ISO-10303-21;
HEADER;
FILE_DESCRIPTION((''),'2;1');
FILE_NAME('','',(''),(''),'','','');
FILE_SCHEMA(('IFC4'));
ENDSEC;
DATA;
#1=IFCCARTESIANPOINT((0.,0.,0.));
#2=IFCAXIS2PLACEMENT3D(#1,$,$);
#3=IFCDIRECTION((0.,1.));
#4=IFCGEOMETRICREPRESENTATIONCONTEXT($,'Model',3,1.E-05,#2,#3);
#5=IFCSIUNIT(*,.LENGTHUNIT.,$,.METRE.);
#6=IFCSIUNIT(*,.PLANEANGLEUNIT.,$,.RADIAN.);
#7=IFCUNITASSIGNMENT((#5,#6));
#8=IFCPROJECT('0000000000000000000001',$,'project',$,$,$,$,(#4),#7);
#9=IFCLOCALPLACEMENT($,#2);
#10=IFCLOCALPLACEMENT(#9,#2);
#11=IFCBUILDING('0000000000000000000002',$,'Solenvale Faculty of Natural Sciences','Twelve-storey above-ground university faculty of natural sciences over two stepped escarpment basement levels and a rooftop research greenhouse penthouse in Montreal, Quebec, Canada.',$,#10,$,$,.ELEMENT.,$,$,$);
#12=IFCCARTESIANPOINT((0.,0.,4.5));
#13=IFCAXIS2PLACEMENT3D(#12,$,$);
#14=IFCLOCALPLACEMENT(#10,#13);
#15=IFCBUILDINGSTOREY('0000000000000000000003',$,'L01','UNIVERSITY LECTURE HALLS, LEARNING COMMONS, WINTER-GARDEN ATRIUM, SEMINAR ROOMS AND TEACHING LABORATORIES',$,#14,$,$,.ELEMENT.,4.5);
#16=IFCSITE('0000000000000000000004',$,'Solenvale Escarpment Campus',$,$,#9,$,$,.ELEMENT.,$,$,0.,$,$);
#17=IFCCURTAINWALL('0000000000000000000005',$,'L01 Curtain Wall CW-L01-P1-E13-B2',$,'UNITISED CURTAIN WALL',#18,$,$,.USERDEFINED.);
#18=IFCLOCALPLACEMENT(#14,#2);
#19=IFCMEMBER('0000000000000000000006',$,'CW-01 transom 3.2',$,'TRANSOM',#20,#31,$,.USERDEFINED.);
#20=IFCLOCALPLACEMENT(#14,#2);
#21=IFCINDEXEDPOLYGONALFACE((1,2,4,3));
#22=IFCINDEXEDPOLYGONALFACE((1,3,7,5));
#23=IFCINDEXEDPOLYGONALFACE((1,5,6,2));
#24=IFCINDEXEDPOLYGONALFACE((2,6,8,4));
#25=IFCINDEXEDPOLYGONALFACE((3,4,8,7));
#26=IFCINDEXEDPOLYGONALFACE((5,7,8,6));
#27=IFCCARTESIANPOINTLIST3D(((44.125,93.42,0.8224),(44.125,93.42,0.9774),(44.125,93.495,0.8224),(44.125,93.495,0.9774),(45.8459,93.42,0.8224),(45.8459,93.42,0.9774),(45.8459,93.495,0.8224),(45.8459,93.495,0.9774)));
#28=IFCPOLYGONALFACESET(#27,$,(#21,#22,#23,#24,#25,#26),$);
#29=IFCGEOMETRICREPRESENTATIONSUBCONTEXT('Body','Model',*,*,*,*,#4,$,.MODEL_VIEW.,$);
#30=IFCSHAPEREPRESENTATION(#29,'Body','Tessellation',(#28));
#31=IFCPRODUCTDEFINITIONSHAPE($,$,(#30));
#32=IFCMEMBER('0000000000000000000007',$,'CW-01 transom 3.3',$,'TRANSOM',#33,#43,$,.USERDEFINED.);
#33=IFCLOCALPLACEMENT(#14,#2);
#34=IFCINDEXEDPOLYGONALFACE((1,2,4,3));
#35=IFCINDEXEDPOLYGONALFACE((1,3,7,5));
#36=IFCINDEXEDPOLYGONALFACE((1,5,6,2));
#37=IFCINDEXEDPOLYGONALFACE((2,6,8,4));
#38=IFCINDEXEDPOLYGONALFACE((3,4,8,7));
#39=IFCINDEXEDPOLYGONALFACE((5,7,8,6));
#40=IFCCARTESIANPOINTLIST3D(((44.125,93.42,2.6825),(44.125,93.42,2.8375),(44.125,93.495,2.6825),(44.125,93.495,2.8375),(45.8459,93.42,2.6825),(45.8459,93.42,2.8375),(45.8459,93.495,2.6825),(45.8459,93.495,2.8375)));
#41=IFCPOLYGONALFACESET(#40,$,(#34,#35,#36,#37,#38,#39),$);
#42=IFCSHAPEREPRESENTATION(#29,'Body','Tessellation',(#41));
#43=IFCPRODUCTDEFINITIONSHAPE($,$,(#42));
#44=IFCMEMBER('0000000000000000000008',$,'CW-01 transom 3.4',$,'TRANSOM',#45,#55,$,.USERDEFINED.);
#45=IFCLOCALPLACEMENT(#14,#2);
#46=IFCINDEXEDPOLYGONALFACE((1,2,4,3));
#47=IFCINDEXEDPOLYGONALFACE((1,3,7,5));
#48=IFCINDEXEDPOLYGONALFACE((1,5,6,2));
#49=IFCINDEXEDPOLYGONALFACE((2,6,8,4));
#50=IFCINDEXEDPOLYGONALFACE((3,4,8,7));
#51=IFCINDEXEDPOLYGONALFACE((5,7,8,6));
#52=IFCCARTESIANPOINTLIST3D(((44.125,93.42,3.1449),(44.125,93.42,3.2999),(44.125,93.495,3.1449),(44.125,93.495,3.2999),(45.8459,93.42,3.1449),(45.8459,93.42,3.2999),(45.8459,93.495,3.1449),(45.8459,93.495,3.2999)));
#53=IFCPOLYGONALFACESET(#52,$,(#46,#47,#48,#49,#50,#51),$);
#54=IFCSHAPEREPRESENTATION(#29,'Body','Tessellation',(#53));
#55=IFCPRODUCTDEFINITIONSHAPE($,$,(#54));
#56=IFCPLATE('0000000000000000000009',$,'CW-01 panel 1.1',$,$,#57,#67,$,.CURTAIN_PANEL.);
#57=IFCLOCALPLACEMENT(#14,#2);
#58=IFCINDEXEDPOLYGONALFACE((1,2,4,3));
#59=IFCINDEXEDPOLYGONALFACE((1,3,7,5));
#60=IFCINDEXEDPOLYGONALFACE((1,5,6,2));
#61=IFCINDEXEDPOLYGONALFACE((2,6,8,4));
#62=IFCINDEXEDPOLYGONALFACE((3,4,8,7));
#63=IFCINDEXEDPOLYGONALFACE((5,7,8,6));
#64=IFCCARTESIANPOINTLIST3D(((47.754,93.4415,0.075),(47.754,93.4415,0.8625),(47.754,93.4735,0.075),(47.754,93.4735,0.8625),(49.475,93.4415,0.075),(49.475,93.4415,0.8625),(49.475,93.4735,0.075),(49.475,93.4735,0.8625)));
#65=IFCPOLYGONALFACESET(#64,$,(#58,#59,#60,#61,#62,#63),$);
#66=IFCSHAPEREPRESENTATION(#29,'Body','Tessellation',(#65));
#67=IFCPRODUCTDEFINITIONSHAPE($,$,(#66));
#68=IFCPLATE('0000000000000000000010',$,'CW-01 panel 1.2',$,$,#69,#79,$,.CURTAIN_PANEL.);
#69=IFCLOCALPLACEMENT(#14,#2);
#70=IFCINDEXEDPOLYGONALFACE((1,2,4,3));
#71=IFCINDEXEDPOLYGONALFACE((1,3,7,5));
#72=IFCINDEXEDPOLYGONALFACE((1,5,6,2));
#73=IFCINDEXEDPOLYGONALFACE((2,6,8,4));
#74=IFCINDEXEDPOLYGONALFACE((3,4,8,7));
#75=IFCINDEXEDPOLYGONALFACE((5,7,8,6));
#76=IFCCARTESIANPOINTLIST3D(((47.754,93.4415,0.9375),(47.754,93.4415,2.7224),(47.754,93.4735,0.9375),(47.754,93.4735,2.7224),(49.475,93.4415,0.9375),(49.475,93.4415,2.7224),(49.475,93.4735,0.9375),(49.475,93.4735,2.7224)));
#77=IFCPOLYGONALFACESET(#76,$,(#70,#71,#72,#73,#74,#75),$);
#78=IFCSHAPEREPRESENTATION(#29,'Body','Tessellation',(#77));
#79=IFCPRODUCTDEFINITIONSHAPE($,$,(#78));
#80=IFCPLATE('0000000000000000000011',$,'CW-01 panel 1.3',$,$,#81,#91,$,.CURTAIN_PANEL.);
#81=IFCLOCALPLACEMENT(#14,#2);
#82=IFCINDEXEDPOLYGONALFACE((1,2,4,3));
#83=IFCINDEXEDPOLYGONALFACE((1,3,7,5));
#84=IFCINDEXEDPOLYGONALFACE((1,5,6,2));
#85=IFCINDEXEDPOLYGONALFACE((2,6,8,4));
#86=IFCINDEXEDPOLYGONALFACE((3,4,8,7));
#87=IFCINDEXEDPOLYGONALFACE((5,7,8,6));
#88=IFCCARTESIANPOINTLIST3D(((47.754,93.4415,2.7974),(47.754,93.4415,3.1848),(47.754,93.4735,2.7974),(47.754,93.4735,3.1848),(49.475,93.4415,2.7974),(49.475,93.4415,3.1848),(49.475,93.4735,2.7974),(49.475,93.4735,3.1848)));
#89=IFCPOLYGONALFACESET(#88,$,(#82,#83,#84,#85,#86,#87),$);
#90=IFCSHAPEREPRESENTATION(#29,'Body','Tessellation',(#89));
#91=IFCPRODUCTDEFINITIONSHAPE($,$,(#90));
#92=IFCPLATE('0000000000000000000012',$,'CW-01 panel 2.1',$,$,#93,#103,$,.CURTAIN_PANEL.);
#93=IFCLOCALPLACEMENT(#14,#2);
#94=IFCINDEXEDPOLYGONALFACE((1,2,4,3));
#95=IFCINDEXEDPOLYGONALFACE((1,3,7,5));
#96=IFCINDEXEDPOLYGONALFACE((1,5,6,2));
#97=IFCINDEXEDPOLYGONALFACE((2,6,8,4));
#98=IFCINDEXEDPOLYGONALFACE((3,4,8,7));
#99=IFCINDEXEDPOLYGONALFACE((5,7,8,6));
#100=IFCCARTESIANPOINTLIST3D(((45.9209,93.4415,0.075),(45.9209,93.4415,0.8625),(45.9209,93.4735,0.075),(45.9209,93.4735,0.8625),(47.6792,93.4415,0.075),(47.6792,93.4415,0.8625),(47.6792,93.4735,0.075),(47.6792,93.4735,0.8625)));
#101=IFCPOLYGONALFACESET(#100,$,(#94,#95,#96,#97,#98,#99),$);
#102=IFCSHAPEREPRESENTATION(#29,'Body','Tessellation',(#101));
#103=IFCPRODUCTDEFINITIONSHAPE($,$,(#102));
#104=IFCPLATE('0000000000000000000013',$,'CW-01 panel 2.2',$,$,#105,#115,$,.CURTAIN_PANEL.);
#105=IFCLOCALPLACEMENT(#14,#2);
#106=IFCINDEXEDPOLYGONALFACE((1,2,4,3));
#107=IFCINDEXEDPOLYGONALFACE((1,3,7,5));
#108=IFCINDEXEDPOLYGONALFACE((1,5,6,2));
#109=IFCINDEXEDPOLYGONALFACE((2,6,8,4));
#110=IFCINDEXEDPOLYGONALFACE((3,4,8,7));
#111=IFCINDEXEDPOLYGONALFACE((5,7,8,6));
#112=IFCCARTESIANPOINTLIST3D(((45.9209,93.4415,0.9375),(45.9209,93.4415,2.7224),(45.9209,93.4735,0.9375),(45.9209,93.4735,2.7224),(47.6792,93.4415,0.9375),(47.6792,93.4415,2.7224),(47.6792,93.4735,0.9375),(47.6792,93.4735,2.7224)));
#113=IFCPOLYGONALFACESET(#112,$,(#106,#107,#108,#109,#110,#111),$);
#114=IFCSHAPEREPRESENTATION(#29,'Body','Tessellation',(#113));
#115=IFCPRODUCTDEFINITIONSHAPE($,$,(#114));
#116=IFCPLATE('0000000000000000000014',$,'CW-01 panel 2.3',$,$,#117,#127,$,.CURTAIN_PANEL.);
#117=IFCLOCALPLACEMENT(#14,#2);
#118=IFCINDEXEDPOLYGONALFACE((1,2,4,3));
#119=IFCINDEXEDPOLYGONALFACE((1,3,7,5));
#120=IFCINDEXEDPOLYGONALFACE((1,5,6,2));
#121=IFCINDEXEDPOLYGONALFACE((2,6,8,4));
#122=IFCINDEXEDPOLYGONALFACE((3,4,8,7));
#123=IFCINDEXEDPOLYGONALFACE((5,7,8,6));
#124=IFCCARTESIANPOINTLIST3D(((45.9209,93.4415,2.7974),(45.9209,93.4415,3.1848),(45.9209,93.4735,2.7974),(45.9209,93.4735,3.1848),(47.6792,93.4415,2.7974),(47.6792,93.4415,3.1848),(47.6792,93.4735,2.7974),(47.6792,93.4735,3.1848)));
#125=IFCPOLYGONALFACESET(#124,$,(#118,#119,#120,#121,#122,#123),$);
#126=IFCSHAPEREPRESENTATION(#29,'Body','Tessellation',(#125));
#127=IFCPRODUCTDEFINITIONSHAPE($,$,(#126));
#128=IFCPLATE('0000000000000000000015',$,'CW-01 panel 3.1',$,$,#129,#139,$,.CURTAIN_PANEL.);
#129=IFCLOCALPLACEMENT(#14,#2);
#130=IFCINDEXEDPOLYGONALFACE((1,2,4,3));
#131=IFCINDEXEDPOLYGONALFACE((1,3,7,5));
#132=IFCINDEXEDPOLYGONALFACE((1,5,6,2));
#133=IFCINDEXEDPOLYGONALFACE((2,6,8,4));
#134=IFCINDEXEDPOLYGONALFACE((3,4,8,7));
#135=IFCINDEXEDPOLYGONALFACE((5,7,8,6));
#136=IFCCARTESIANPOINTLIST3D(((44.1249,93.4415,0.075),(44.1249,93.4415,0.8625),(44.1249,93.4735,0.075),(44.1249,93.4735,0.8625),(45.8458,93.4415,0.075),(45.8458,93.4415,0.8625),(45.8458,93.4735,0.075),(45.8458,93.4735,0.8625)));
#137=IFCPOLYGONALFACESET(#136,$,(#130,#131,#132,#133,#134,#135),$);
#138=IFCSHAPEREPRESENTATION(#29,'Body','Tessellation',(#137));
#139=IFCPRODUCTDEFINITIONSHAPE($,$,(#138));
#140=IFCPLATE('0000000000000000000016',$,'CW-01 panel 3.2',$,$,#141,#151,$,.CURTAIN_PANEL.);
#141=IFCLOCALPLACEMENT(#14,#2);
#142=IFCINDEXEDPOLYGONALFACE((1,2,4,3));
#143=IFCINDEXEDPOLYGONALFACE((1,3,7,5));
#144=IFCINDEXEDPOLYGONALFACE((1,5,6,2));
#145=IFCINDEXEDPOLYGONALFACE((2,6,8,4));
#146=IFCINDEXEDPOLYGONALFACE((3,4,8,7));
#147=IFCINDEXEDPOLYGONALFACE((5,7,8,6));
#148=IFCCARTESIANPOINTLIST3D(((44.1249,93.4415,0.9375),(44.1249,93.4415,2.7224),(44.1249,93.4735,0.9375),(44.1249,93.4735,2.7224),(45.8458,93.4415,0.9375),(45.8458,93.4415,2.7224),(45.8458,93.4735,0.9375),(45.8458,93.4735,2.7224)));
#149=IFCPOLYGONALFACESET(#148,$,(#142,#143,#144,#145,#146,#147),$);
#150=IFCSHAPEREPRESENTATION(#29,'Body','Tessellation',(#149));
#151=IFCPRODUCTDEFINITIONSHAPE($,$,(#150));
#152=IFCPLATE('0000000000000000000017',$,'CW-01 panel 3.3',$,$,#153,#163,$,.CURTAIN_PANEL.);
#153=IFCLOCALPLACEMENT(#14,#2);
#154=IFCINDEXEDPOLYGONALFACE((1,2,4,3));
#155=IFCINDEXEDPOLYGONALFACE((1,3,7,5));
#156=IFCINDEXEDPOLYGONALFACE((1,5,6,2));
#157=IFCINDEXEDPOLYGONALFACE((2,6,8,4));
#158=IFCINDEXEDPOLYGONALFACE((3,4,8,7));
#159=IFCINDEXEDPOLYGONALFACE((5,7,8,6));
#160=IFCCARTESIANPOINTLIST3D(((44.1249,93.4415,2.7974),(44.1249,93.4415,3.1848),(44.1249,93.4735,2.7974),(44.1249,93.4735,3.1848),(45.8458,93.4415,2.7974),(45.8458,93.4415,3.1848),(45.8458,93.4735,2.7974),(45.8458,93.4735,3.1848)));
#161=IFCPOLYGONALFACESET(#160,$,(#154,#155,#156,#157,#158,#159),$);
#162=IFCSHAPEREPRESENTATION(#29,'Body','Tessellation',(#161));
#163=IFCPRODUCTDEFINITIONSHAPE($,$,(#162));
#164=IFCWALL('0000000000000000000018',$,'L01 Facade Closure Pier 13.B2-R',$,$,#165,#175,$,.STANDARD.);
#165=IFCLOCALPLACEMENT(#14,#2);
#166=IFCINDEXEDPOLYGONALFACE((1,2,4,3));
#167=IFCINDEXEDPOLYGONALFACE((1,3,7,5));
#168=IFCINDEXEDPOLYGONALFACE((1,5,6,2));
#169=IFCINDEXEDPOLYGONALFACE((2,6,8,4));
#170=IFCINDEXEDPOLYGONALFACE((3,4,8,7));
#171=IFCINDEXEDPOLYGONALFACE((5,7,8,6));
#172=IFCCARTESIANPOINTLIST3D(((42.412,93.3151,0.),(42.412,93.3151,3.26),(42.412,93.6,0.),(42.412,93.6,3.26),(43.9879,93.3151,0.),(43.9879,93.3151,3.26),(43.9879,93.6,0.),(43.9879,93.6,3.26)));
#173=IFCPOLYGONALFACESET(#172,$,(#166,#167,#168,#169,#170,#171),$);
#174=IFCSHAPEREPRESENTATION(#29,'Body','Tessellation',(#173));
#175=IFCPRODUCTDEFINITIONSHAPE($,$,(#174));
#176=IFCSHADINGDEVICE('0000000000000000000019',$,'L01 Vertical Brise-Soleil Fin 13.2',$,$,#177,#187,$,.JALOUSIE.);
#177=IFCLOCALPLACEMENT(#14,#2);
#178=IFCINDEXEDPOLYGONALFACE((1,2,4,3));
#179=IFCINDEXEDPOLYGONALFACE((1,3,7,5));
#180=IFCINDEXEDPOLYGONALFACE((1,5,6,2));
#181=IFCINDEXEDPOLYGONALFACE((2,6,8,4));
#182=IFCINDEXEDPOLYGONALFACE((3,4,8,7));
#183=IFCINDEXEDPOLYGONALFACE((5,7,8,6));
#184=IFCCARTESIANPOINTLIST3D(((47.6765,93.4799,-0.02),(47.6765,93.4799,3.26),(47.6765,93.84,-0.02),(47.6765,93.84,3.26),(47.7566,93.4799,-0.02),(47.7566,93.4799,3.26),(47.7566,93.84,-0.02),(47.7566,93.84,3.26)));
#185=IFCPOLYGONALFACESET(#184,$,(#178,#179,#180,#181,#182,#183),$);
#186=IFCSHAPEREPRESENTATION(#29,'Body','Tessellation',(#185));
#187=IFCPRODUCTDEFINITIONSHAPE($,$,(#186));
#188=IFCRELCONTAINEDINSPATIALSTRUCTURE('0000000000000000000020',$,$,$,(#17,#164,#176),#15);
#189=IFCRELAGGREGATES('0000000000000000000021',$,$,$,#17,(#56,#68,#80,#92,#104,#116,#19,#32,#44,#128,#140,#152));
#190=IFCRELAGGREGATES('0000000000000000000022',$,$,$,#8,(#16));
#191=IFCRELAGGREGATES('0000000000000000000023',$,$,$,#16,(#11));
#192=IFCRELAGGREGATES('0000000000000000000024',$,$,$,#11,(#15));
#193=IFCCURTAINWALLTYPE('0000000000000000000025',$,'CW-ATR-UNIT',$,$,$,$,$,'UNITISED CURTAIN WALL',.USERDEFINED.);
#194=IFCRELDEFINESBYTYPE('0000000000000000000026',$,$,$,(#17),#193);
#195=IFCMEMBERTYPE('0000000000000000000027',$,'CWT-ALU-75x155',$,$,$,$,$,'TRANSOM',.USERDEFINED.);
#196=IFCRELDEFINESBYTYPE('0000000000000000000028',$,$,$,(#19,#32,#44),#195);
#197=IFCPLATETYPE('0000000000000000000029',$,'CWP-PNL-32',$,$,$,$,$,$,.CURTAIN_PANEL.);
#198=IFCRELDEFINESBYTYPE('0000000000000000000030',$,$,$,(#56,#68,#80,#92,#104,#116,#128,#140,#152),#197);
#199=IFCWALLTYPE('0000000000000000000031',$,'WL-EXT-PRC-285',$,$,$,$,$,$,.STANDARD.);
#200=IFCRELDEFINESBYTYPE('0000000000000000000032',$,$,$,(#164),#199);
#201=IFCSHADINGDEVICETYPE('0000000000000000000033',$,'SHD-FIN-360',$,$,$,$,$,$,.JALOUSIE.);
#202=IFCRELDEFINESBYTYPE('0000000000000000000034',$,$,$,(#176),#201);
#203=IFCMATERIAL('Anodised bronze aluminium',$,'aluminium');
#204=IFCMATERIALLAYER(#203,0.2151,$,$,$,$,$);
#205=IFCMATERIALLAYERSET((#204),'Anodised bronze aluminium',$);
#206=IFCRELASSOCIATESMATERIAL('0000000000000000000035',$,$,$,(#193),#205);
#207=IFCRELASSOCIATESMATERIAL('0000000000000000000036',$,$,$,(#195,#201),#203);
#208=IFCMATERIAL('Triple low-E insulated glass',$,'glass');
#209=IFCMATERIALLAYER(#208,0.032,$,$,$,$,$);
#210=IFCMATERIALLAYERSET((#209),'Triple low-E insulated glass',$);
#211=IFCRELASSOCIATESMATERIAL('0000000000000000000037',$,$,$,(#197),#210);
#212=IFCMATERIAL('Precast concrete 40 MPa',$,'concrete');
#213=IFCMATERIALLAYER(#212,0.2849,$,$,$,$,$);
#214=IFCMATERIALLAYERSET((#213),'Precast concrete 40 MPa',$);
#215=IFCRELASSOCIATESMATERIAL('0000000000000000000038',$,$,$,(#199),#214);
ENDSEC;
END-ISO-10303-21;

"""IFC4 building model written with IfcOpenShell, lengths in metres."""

from ifc_helpers import new_model, si_unit, direction, frame, frame_2d, origin, origin_2d, place, context, subcontext, project, spatial, rectangle, extrude, material, layer, layer_set, material_profile, profile_set, type_object, element, aggregate, save


model = new_model("IFC4")

# Units and contexts
model_context = context("Model", 3, precision=1e-05, world=origin(), true_north=direction((0.0, 1.0)))
body_context = subcontext(model_context, "Body", "Model", "MODEL_VIEW")
ifc_project = project(units=[si_unit("LENGTHUNIT", "METRE"), si_unit("PLANEANGLEUNIT", "RADIAN")], contexts=[model_context])

# Site, building, storey
site_placement = place(None, origin())
site = spatial("IfcSite", under=ifc_project, at=site_placement, Name="Solenvale Escarpment Campus", CompositionType="ELEMENT", RefElevation=0.0)
building_placement = place(site_placement, origin())
building = spatial("IfcBuilding", under=site, at=building_placement, Name="Solenvale Faculty of Natural Sciences", Description="Twelve-storey above-ground university faculty of natural sciences over two stepped escarpment basement levels and a rooftop research greenhouse penthouse in Montreal, Quebec, Canada.", CompositionType="ELEMENT")
storey_placement = place(building_placement, frame((0.0, 0.0, 4.5)))
storey = spatial("IfcBuildingStorey", under=building, at=storey_placement, Name="L01", Description="UNIVERSITY LECTURE HALLS, LEARNING COMMONS, WINTER-GARDEN ATRIUM, SEMINAR ROOMS AND TEACHING LABORATORIES", CompositionType="ELEMENT", Elevation=4.5)

# Curtain wall, members, plates
ifc_material_1 = material(Name="Anodised bronze aluminium", Category="aluminium")
ifc_layer_1 = layer(ifc_material_1, 0.2151)
ifc_layer_set_1 = layer_set([ifc_layer_1], Name="Anodised bronze aluminium")
curtain_wall_type = type_object("IfcCurtainWallType", Name="CW-ATR-UNIT", ElementType="UNITISED CURTAIN WALL", PredefinedType="USERDEFINED", material=ifc_layer_set_1)
curtain_wall_placement = place(storey_placement, origin())
curtain_wall = element("IfcCurtainWall", 1, at=curtain_wall_placement, inside=storey, type_object=curtain_wall_type, Name="L01 Curtain Wall CW-L01-P1-E13-B2", ObjectType="UNITISED CURTAIN WALL", PredefinedType="USERDEFINED")
ifc_material_profile_1 = material_profile(ifc_material_1, rectangle(XDim=0.075, YDim=0.155, at=origin_2d()), Name="ALU-TRN-75x155")
ifc_profile_set_1 = profile_set([ifc_material_profile_1], Name="Anodised bronze aluminium")
member_type_1 = type_object("IfcMemberType", Name="CWT-ALU-75x155", ElementType="TRANSOM", PredefinedType="USERDEFINED", material=ifc_profile_set_1)
member_1_placement = place(storey_placement, frame((45.8459, 93.4575, 0.8999), z_axis=(-1.0, 0.0, 0.0), x_axis=(0.0, -1.0, 0.0)))
member_1 = element("IfcMember", 2, at=member_1_placement, type_object=member_type_1, Name="CW-01 transom 3.2", ObjectType="TRANSOM", PredefinedType="USERDEFINED", context=body_context, shape_type="SweptSolid", body=[
    extrude(rectangle(XDim=0.075, YDim=0.155, at=origin_2d()), origin(), (0.0, 0.0, 1.0), 1.7209),
])
member_2_placement = place(storey_placement, frame((45.8459, 93.4575, 2.76), z_axis=(-1.0, 0.0, 0.0), x_axis=(0.0, -1.0, 0.0)))
member_2 = element("IfcMember", 3, at=member_2_placement, type_object=member_type_1, Name="CW-01 transom 3.3", ObjectType="TRANSOM", PredefinedType="USERDEFINED", context=body_context, shape_type="SweptSolid", body=[
    extrude(rectangle(XDim=0.075, YDim=0.155, at=origin_2d()), origin(), (0.0, 0.0, 1.0), 1.7209),
])
member_3_placement = place(storey_placement, frame((45.8459, 93.4575, 3.2224), z_axis=(-1.0, 0.0, 0.0), x_axis=(0.0, -1.0, 0.0)))
member_3 = element("IfcMember", 4, at=member_3_placement, type_object=member_type_1, Name="CW-01 transom 3.4", ObjectType="TRANSOM", PredefinedType="USERDEFINED", context=body_context, shape_type="SweptSolid", body=[
    extrude(rectangle(XDim=0.075, YDim=0.155, at=origin_2d()), origin(), (0.0, 0.0, 1.0), 1.7209),
])
ifc_material_2 = material(Name="Triple low-E insulated glass", Category="glass")
ifc_layer_2 = layer(ifc_material_2, 0.032)
ifc_layer_set_2 = layer_set([ifc_layer_2], Name="Triple low-E insulated glass")
plate_type = type_object("IfcPlateType", Name="CWP-PNL-32", PredefinedType="CURTAIN_PANEL", material=ifc_layer_set_2)
plate_1_placement = place(storey_placement, frame((48.6145, 93.4575, 0.075), z_axis=(0.0, 0.0, 1.0), x_axis=(-1.0, 0.0, 0.0)))
plate_1 = element("IfcPlate", 5, at=plate_1_placement, type_object=plate_type, Name="CW-01 panel 1.1", PredefinedType="CURTAIN_PANEL", context=body_context, shape_type="SweptSolid", body=[
    extrude(rectangle(XDim=1.7209, YDim=0.032, at=origin_2d()), origin(), (0.0, 0.0, 1.0), 0.7876),
])
plate_2_placement = place(storey_placement, frame((48.6145, 93.4575, 0.9375), z_axis=(0.0, 0.0, 1.0), x_axis=(-1.0, 0.0, 0.0)))
plate_2 = element("IfcPlate", 6, at=plate_2_placement, type_object=plate_type, Name="CW-01 panel 1.2", PredefinedType="CURTAIN_PANEL", context=body_context, shape_type="SweptSolid", body=[
    extrude(rectangle(XDim=1.7209, YDim=0.032, at=origin_2d()), origin(), (0.0, 0.0, 1.0), 1.7849),
])
plate_3_placement = place(storey_placement, frame((48.6145, 93.4575, 2.7974), z_axis=(0.0, 0.0, 1.0), x_axis=(-1.0, 0.0, 0.0)))
plate_3 = element("IfcPlate", 7, at=plate_3_placement, type_object=plate_type, Name="CW-01 panel 1.3", PredefinedType="CURTAIN_PANEL", context=body_context, shape_type="SweptSolid", body=[
    extrude(rectangle(XDim=1.7209, YDim=0.032, at=origin_2d()), origin(), (0.0, 0.0, 1.0), 0.3875),
])
plate_4_placement = place(storey_placement, frame((46.8, 93.4575, 0.075), z_axis=(0.0, 0.0, 1.0), x_axis=(-1.0, 0.0, 0.0)))
plate_4 = element("IfcPlate", 8, at=plate_4_placement, type_object=plate_type, Name="CW-01 panel 2.1", PredefinedType="CURTAIN_PANEL", context=body_context, shape_type="SweptSolid", body=[
    extrude(rectangle(XDim=1.7583, YDim=0.032, at=origin_2d()), origin(), (0.0, 0.0, 1.0), 0.7876),
])
plate_5_placement = place(storey_placement, frame((46.8, 93.4575, 0.9375), z_axis=(0.0, 0.0, 1.0), x_axis=(-1.0, 0.0, 0.0)))
plate_5 = element("IfcPlate", 9, at=plate_5_placement, type_object=plate_type, Name="CW-01 panel 2.2", PredefinedType="CURTAIN_PANEL", context=body_context, shape_type="SweptSolid", body=[
    extrude(rectangle(XDim=1.7583, YDim=0.032, at=origin_2d()), origin(), (0.0, 0.0, 1.0), 1.7849),
])
plate_6_placement = place(storey_placement, frame((46.8, 93.4575, 2.7974), z_axis=(0.0, 0.0, 1.0), x_axis=(-1.0, 0.0, 0.0)))
plate_6 = element("IfcPlate", 10, at=plate_6_placement, type_object=plate_type, Name="CW-01 panel 2.3", PredefinedType="CURTAIN_PANEL", context=body_context, shape_type="SweptSolid", body=[
    extrude(rectangle(XDim=1.7583, YDim=0.032, at=origin_2d()), origin(), (0.0, 0.0, 1.0), 0.3875),
])
plate_7_placement = place(storey_placement, frame((44.9854, 93.4575, 0.075), z_axis=(0.0, 0.0, 1.0), x_axis=(-1.0, 0.0, 0.0)))
plate_7 = element("IfcPlate", 11, at=plate_7_placement, type_object=plate_type, Name="CW-01 panel 3.1", PredefinedType="CURTAIN_PANEL", context=body_context, shape_type="SweptSolid", body=[
    extrude(rectangle(XDim=1.7209, YDim=0.032, at=origin_2d()), origin(), (0.0, 0.0, 1.0), 0.7876),
])
plate_8_placement = place(storey_placement, frame((44.9854, 93.4575, 0.9375), z_axis=(0.0, 0.0, 1.0), x_axis=(-1.0, 0.0, 0.0)))
plate_8 = element("IfcPlate", 12, at=plate_8_placement, type_object=plate_type, Name="CW-01 panel 3.2", PredefinedType="CURTAIN_PANEL", context=body_context, shape_type="SweptSolid", body=[
    extrude(rectangle(XDim=1.7209, YDim=0.032, at=origin_2d()), origin(), (0.0, 0.0, 1.0), 1.7849),
])
plate_9_placement = place(storey_placement, frame((44.9854, 93.4575, 2.7974), z_axis=(0.0, 0.0, 1.0), x_axis=(-1.0, 0.0, 0.0)))
plate_9 = element("IfcPlate", 13, at=plate_9_placement, type_object=plate_type, Name="CW-01 panel 3.3", PredefinedType="CURTAIN_PANEL", context=body_context, shape_type="SweptSolid", body=[
    extrude(rectangle(XDim=1.7209, YDim=0.032, at=origin_2d()), origin(), (0.0, 0.0, 1.0), 0.3875),
])
aggregate(curtain_wall, [plate_1, plate_2, plate_3, plate_4, plate_5, plate_6, member_1, member_2, member_3, plate_7, plate_8, plate_9])

# Wall
ifc_material_3 = material(Name="Precast concrete 40 MPa", Category="concrete")
ifc_layer_3 = layer(ifc_material_3, 0.2849)
ifc_layer_set_3 = layer_set([ifc_layer_3], Name="Precast concrete 40 MPa")
wall_type = type_object("IfcWallType", Name="WL-EXT-PRC-285", PredefinedType="STANDARD", material=ifc_layer_set_3)
wall_placement = place(storey_placement, frame((43.988, 93.4575, 0.0), z_axis=(0.0, 0.0, 1.0), x_axis=(-1.0, 0.0, 0.0)))
element("IfcWall", 14, at=wall_placement, inside=storey, type_object=wall_type, Name="L01 Facade Closure Pier 13.B2-R", PredefinedType="STANDARD", context=body_context, shape_type="SweptSolid", body=[
    extrude(rectangle(XDim=1.5759, YDim=0.2849, at=frame_2d((0.7881, 0.0))), origin(), (0.0, 0.0, 1.0), 3.26),
])

# Shading device
ifc_material_profile_2 = material_profile(ifc_material_1, rectangle(XDim=0.0801, YDim=0.3601, at=origin_2d()), Name="ALU-FIN-80x360")
ifc_profile_set_2 = profile_set([ifc_material_profile_2], Name="Anodised bronze aluminium")
shading_device_type = type_object("IfcShadingDeviceType", Name="SHD-FIN-360", PredefinedType="JALOUSIE", material=ifc_profile_set_2)
shading_device_placement = place(storey_placement, frame((47.7166, 93.6599, -0.02), z_axis=(0.0, 0.0, 1.0), x_axis=(1.0, 0.0, 0.0)))
element("IfcShadingDevice", 15, at=shading_device_placement, inside=storey, type_object=shading_device_type, Name="L01 Vertical Brise-Soleil Fin 13.2", PredefinedType="JALOUSIE", context=body_context, shape_type="SweptSolid", body=[
    extrude(rectangle(XDim=0.0801, YDim=0.3601, at=origin_2d()), origin(), (0.0, 0.0, 1.0), 3.28),
])

save(model, "model.ifc")
